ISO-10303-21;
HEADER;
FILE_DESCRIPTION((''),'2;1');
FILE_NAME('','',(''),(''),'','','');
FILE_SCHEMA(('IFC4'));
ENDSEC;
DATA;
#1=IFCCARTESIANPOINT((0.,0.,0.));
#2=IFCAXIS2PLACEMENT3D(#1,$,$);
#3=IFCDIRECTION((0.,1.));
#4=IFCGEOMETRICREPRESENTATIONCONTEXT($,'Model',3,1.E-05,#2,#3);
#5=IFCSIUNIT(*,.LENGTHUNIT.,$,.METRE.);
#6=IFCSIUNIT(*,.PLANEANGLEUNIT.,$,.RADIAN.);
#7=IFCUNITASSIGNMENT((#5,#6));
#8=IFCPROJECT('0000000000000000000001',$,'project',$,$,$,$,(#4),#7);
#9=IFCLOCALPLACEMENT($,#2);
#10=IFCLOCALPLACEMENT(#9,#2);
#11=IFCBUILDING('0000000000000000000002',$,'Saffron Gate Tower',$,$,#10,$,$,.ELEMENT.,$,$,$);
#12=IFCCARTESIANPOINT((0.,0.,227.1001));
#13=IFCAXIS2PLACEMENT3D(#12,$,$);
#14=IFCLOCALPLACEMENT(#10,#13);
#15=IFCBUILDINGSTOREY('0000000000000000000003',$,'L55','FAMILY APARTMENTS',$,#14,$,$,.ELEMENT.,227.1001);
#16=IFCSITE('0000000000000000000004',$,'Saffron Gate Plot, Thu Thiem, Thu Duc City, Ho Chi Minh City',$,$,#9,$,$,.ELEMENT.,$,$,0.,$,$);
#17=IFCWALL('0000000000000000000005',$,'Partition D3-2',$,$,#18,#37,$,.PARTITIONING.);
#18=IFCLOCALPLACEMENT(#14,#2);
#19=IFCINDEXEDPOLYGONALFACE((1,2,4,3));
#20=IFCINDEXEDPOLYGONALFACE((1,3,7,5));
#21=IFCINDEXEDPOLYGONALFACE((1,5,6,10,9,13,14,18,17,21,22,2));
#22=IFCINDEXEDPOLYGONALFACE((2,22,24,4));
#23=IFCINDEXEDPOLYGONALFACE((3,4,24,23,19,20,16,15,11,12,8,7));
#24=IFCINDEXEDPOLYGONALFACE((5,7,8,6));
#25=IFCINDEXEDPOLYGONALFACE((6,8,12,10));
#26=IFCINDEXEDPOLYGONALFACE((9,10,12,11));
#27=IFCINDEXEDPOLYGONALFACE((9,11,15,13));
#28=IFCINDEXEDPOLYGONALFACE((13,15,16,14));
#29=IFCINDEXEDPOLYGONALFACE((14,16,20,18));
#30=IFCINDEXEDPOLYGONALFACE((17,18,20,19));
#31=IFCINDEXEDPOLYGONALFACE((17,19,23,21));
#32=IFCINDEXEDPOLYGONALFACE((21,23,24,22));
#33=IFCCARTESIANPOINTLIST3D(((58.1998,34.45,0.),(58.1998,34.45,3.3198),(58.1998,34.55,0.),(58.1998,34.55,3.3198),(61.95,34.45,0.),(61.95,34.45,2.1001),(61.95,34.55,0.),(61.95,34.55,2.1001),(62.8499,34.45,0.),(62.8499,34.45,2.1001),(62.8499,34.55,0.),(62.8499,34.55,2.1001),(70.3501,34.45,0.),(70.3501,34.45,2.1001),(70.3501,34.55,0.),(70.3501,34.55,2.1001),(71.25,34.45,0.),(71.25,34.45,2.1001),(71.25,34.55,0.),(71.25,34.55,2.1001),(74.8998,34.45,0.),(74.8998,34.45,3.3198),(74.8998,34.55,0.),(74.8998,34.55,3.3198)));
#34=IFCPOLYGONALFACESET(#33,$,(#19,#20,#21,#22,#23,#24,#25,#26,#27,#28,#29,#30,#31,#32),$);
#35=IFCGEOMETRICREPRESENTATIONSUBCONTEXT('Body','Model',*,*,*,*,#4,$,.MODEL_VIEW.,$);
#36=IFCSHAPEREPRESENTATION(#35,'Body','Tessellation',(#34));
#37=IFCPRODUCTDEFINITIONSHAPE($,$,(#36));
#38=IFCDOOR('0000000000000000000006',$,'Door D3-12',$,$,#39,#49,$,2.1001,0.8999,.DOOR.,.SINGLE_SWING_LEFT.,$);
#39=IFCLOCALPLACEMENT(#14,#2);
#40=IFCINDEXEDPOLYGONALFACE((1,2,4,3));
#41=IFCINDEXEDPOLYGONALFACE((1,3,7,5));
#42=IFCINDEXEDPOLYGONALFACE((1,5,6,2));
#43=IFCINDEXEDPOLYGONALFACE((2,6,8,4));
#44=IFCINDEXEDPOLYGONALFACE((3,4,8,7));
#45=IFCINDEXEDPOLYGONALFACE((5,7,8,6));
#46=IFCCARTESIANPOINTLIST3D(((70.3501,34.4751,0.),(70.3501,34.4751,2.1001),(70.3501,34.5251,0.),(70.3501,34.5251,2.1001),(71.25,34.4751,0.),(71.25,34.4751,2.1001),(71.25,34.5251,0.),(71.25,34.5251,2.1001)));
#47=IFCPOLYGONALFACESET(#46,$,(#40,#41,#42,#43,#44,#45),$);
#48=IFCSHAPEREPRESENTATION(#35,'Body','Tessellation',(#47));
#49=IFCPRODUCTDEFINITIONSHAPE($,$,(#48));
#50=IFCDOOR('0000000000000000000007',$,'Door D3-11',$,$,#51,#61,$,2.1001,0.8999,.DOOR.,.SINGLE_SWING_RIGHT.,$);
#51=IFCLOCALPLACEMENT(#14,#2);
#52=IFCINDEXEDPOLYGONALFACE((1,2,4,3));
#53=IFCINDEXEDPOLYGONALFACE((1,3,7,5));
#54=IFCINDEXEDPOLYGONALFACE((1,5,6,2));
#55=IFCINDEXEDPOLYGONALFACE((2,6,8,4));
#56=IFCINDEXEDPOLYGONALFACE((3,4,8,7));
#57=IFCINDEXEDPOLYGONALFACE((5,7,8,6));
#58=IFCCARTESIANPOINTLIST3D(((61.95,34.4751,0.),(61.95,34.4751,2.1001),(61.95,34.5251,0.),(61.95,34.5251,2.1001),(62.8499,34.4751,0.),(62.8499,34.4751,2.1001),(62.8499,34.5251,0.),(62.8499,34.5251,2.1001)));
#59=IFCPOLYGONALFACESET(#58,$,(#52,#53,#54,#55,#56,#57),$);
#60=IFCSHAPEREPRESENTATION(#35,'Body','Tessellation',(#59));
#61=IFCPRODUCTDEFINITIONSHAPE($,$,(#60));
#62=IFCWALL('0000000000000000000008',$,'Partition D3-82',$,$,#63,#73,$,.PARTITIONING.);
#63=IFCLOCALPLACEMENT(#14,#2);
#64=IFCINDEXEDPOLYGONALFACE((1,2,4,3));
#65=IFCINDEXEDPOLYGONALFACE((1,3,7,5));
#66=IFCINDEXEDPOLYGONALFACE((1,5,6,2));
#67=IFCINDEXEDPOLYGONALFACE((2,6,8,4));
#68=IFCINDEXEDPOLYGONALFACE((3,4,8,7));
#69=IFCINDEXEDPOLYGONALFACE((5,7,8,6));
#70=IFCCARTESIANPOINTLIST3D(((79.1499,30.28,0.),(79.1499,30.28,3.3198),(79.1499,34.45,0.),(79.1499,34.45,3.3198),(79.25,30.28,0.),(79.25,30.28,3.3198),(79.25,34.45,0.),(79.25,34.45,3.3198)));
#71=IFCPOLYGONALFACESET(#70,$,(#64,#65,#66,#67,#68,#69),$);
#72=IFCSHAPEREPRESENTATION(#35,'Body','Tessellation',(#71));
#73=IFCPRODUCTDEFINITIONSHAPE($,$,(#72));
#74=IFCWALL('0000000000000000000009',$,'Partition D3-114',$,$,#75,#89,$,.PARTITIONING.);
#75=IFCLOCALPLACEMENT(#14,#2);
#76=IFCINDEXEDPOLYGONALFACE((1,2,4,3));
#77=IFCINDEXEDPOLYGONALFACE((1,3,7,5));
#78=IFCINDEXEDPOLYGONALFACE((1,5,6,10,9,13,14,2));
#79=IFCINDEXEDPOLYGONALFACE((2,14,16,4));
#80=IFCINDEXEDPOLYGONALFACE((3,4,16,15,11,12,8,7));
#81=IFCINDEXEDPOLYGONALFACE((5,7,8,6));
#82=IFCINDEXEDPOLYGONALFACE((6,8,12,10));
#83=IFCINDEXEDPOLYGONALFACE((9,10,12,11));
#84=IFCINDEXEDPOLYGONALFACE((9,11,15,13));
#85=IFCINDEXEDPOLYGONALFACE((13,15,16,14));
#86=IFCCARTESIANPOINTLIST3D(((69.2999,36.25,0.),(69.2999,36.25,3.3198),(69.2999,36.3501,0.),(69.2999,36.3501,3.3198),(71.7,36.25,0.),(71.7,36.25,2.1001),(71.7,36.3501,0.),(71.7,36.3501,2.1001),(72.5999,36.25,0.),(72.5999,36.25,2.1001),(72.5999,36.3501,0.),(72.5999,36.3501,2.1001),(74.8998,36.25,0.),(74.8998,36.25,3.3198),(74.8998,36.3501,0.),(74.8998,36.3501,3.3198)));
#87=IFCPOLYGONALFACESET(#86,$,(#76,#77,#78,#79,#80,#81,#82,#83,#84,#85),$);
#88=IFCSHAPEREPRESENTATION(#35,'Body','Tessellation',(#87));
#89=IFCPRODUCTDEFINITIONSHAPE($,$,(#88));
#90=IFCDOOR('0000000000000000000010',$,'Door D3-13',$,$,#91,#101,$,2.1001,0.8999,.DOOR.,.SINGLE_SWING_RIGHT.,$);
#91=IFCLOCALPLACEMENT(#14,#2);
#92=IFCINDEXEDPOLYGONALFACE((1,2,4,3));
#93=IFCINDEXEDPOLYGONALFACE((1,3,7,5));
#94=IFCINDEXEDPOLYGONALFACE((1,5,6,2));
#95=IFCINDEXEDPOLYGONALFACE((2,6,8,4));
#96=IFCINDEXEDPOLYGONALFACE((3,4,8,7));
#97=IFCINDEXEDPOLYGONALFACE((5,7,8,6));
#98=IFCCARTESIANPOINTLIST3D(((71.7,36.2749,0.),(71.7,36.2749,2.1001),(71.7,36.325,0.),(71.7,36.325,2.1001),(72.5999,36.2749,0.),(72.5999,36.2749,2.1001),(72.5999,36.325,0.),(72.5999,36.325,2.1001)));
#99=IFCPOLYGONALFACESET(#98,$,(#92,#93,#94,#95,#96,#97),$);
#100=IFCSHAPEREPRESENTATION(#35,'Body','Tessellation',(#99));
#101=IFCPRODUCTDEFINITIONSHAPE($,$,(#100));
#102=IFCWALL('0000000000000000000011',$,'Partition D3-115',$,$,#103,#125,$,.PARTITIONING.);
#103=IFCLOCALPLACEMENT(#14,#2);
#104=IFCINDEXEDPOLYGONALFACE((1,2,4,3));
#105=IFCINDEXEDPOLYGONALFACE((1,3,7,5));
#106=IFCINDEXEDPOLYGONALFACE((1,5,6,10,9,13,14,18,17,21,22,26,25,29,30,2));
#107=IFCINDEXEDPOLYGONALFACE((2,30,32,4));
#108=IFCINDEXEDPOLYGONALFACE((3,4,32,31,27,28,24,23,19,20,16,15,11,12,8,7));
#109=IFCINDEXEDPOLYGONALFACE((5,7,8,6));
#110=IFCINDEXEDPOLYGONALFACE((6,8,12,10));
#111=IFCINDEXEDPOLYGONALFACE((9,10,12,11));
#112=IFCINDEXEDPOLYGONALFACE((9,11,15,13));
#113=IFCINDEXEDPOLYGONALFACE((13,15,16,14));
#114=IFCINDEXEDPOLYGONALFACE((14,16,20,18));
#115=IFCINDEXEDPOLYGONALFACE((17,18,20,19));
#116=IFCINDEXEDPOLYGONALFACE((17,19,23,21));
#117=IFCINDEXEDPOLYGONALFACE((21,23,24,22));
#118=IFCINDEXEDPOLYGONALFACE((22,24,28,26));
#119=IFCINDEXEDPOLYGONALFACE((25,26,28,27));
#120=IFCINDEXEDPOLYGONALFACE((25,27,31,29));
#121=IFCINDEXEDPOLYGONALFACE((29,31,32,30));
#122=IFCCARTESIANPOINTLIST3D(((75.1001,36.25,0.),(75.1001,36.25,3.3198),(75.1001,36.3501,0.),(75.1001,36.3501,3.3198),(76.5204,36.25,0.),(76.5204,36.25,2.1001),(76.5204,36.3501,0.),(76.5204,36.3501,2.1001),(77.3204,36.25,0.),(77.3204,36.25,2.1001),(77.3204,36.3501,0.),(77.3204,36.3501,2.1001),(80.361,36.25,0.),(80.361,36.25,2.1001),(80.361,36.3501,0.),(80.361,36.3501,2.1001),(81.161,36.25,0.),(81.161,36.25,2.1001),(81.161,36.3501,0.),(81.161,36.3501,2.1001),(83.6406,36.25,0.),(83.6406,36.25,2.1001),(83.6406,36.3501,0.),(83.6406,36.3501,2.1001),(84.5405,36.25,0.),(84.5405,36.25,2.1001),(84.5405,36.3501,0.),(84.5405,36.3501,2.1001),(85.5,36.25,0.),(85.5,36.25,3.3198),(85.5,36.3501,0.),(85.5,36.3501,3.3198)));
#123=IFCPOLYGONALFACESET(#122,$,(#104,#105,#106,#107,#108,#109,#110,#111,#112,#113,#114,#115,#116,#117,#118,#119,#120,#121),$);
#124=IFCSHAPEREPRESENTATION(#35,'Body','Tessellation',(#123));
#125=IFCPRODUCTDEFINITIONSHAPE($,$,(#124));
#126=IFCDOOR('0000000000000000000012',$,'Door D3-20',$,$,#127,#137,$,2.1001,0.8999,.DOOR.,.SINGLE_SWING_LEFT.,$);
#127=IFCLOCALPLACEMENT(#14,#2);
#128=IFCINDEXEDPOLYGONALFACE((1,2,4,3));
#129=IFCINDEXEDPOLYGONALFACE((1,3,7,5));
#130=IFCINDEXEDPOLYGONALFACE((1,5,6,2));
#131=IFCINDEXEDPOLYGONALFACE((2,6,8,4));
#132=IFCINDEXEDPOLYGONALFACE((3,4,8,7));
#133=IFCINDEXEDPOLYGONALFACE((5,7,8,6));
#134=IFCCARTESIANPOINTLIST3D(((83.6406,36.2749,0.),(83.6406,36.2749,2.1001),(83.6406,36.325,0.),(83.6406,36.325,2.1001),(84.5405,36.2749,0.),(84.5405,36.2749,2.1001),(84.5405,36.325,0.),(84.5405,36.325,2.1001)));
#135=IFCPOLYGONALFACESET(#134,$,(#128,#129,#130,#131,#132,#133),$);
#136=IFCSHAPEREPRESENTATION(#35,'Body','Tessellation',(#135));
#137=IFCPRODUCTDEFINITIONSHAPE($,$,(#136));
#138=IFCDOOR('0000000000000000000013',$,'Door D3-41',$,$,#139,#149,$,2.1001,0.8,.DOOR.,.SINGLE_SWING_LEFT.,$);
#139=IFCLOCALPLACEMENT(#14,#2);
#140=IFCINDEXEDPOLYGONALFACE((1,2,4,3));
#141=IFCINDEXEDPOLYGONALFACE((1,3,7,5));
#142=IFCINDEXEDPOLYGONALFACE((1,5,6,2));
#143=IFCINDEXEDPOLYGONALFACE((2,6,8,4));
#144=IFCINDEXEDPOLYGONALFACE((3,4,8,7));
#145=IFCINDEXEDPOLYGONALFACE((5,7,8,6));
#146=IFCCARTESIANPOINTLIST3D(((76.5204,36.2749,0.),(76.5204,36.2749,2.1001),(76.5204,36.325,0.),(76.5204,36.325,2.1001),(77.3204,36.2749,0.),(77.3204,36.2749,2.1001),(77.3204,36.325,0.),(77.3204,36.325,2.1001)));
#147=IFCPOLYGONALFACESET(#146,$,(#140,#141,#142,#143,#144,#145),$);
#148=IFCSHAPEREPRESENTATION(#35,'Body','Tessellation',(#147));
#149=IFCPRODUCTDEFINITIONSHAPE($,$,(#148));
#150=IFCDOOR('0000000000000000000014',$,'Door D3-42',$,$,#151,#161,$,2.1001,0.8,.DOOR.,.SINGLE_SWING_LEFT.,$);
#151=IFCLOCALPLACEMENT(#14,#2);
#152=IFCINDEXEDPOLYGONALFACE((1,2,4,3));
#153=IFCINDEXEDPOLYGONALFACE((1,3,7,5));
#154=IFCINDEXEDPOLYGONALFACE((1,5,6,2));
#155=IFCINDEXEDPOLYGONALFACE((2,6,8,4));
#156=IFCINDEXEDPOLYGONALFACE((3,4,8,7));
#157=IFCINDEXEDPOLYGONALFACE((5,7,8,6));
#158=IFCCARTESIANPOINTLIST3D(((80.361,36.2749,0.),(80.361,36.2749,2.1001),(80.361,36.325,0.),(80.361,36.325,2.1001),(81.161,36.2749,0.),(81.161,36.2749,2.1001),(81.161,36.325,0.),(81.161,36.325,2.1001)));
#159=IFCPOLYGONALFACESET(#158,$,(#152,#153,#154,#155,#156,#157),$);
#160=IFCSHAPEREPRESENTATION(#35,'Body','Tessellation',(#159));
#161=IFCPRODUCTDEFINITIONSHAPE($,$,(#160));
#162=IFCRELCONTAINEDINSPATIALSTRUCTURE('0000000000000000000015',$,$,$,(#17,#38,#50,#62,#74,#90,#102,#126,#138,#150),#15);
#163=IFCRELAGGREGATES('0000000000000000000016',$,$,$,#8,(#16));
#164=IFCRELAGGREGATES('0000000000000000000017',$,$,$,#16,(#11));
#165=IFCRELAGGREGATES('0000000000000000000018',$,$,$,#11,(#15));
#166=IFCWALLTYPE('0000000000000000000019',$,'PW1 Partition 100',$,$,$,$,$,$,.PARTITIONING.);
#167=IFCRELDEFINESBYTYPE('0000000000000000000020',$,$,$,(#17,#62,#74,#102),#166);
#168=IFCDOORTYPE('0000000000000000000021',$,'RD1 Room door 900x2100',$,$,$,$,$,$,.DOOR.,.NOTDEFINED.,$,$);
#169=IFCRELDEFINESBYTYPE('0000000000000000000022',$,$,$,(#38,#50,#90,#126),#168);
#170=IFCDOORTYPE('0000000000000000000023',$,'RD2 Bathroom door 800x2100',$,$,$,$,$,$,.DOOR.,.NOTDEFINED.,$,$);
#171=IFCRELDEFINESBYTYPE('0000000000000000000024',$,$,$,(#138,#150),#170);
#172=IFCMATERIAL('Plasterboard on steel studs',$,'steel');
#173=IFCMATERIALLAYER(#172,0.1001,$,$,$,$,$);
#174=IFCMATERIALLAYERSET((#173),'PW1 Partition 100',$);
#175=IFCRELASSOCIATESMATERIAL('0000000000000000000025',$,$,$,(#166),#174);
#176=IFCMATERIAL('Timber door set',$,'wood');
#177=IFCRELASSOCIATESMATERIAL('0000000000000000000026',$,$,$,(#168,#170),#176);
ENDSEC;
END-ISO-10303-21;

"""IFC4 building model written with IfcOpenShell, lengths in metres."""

from ifc_helpers import new_model, si_unit, direction, frame, frame_2d, origin, place, context, subcontext, project, spatial, rectangle, extrude, material, layer, layer_set, type_object, element, fill, save


model = new_model("IFC4")

# Units and contexts
model_context = context("Model", 3, precision=1e-05, world=origin(), true_north=direction((0.0, 1.0)))
body_context = subcontext(model_context, "Body", "Model", "MODEL_VIEW")
ifc_project = project(units=[si_unit("LENGTHUNIT", "METRE"), si_unit("PLANEANGLEUNIT", "RADIAN")], contexts=[model_context])

# Site, building, storey
site_placement = place(None, origin())
site = spatial("IfcSite", under=ifc_project, at=site_placement, Name="Saffron Gate Plot, Thu Thiem, Thu Duc City, Ho Chi Minh City", CompositionType="ELEMENT", RefElevation=0.0)
building_placement = place(site_placement, origin())
building = spatial("IfcBuilding", under=site, at=building_placement, Name="Saffron Gate Tower", CompositionType="ELEMENT")
storey_placement = place(building_placement, frame((0.0, 0.0, 227.1001)))
storey = spatial("IfcBuildingStorey", under=building, at=storey_placement, Name="L55", Description="FAMILY APARTMENTS", CompositionType="ELEMENT", Elevation=227.1001)

# Wall, openings, doors
ifc_material_1 = material(Name="Plasterboard on steel studs", Category="steel")
ifc_layer_1 = layer(ifc_material_1, 0.1001)
ifc_layer_set_1 = layer_set([ifc_layer_1], Name="PW1 Partition 100")
wall_type_1 = type_object("IfcWallType", Name="PW1 Partition 100", PredefinedType="PARTITIONING", material=ifc_layer_set_1)
wall_1_placement = place(storey_placement, frame((74.8999, 34.5, 0.0), z_axis=(0.0, 0.0, 1.0), x_axis=(-1.0, 0.0, 0.0)))
wall_1 = element("IfcWall", 1, at=wall_1_placement, inside=storey, type_object=wall_type_1, Name="Partition D3-2", PredefinedType="PARTITIONING", context=body_context, shape_type="SweptSolid", body=[
    extrude(rectangle(XDim=16.7, YDim=0.1001, at=frame_2d((8.3501, 0.0))), origin(), (0.0, 0.0, 1.0), 3.3198),
])
opening_1_placement = place(wall_1_placement, frame((3.6499, 0.0, 0.0)))
opening_1 = element("IfcOpeningElement", 2, at=opening_1_placement, cuts=wall_1, PredefinedType="OPENING", context=body_context, shape_type="SweptSolid", body=[
    extrude(rectangle(XDim=0.8999, YDim=2.1001, at=frame_2d((0.45, 1.05))), frame((0.0, 0.0601, 0.0), z_axis=(0.0, -1.0, 0.0), x_axis=(1.0, 0.0, 0.0)), (0.0, 0.0, 1.0), 0.1201),
])
opening_2_placement = place(wall_1_placement, frame((12.05, 0.0, 0.0)))
opening_2 = element("IfcOpeningElement", 3, at=opening_2_placement, cuts=wall_1, PredefinedType="OPENING", context=body_context, shape_type="SweptSolid", body=[
    extrude(rectangle(XDim=0.8999, YDim=2.1001, at=frame_2d((0.45, 1.05))), frame((0.0, 0.0601, 0.0), z_axis=(0.0, -1.0, 0.0), x_axis=(1.0, 0.0, 0.0)), (0.0, 0.0, 1.0), 0.1201),
])
ifc_material_2 = material(Name="Timber door set", Category="wood")
door_type_1 = type_object("IfcDoorType", Name="RD1 Room door 900x2100", OperationType="NOTDEFINED", PredefinedType="DOOR", material=ifc_material_2)
door_1_placement = place(opening_1_placement, origin())
door_1 = element("IfcDoor", 4, at=door_1_placement, inside=storey, type_object=door_type_1, Name="Door D3-12", OperationType="SINGLE_SWING_LEFT", OverallHeight=2.1001, OverallWidth=0.8999, PredefinedType="DOOR", context=body_context, shape_type="SweptSolid", body=[
    extrude(rectangle(XDim=0.8999, YDim=2.1001, at=frame_2d((0.45, 1.05))), frame((0.0, 0.0249, 0.0), z_axis=(0.0, -1.0, 0.0), x_axis=(1.0, 0.0, 0.0)), (0.0, 0.0, 1.0), 0.05),
])
fill(opening_1, door_1)
door_2_placement = place(opening_2_placement, origin())
door_2 = element("IfcDoor", 5, at=door_2_placement, inside=storey, type_object=door_type_1, Name="Door D3-11", OperationType="SINGLE_SWING_RIGHT", OverallHeight=2.1001, OverallWidth=0.8999, PredefinedType="DOOR", context=body_context, shape_type="SweptSolid", body=[
    extrude(rectangle(XDim=0.8999, YDim=2.1001, at=frame_2d((0.45, 1.05))), frame((0.0, 0.0249, 0.0), z_axis=(0.0, -1.0, 0.0), x_axis=(1.0, 0.0, 0.0)), (0.0, 0.0, 1.0), 0.05),
])
fill(opening_2, door_2)

# Wall
wall_2_placement = place(storey_placement, frame((79.2, 34.45, 0.0), z_axis=(0.0, 0.0, 1.0), x_axis=(0.0, -1.0, 0.0)))
element("IfcWall", 6, at=wall_2_placement, inside=storey, type_object=wall_type_1, Name="Partition D3-82", PredefinedType="PARTITIONING", context=body_context, shape_type="SweptSolid", body=[
    extrude(rectangle(XDim=4.1699, YDim=0.1001, at=frame_2d((2.085, 0.0))), origin(), (0.0, 0.0, 1.0), 3.3198),
])

# Wall, opening, door
wall_3_placement = place(storey_placement, frame((69.3, 36.3, 0.0), z_axis=(0.0, 0.0, 1.0), x_axis=(1.0, 0.0, 0.0)))
wall_3 = element("IfcWall", 7, at=wall_3_placement, inside=storey, type_object=wall_type_1, Name="Partition D3-114", PredefinedType="PARTITIONING", context=body_context, shape_type="SweptSolid", body=[
    extrude(rectangle(XDim=5.5999, YDim=0.1001, at=frame_2d((2.7998, 0.0))), origin(), (0.0, 0.0, 1.0), 3.3198),
])
opening_3_placement = place(wall_3_placement, frame((2.3999, 0.0, 0.0)))
opening_3 = element("IfcOpeningElement", 8, at=opening_3_placement, cuts=wall_3, PredefinedType="OPENING", context=body_context, shape_type="SweptSolid", body=[
    extrude(rectangle(XDim=0.8999, YDim=2.1001, at=frame_2d((0.45, 1.05))), frame((0.0, 0.0601, 0.0), z_axis=(0.0, -1.0, 0.0), x_axis=(1.0, 0.0, 0.0)), (0.0, 0.0, 1.0), 0.1201),
])
door_3_placement = place(opening_3_placement, origin())
door_3 = element("IfcDoor", 9, at=door_3_placement, inside=storey, type_object=door_type_1, Name="Door D3-13", OperationType="SINGLE_SWING_RIGHT", OverallHeight=2.1001, OverallWidth=0.8999, PredefinedType="DOOR", context=body_context, shape_type="SweptSolid", body=[
    extrude(rectangle(XDim=0.8999, YDim=2.1001, at=frame_2d((0.45, 1.05))), frame((0.0, 0.0249, 0.0), z_axis=(0.0, -1.0, 0.0), x_axis=(1.0, 0.0, 0.0)), (0.0, 0.0, 1.0), 0.05),
])
fill(opening_3, door_3)

# Wall, openings, doors
wall_4_placement = place(storey_placement, frame((75.1001, 36.3, 0.0), z_axis=(0.0, 0.0, 1.0), x_axis=(1.0, 0.0, 0.0)))
wall_4 = element("IfcWall", 10, at=wall_4_placement, inside=storey, type_object=wall_type_1, Name="Partition D3-115", PredefinedType="PARTITIONING", context=body_context, shape_type="SweptSolid", body=[
    extrude(rectangle(XDim=10.3999, YDim=0.1001, at=frame_2d((5.2, 0.0))), origin(), (0.0, 0.0, 1.0), 3.3198),
])
opening_4_placement = place(wall_4_placement, frame((1.4204, 0.0, 0.0)))
opening_4 = element("IfcOpeningElement", 11, at=opening_4_placement, cuts=wall_4, PredefinedType="OPENING", context=body_context, shape_type="SweptSolid", body=[
    extrude(rectangle(XDim=0.8, YDim=2.1001, at=frame_2d((0.3999, 1.05))), frame((0.0, 0.0601, 0.0), z_axis=(0.0, -1.0, 0.0), x_axis=(1.0, 0.0, 0.0)), (0.0, 0.0, 1.0), 0.1201),
])
opening_5_placement = place(wall_4_placement, frame((5.261, 0.0, 0.0)))
opening_5 = element("IfcOpeningElement", 12, at=opening_5_placement, cuts=wall_4, PredefinedType="OPENING", context=body_context, shape_type="SweptSolid", body=[
    extrude(rectangle(XDim=0.8, YDim=2.1001, at=frame_2d((0.3999, 1.05))), frame((0.0, 0.0601, 0.0), z_axis=(0.0, -1.0, 0.0), x_axis=(1.0, 0.0, 0.0)), (0.0, 0.0, 1.0), 0.1201),
])
opening_6_placement = place(wall_4_placement, frame((8.5405, 0.0, 0.0)))
opening_6 = element("IfcOpeningElement", 13, at=opening_6_placement, cuts=wall_4, PredefinedType="OPENING", context=body_context, shape_type="SweptSolid", body=[
    extrude(rectangle(XDim=0.8999, YDim=2.1001, at=frame_2d((0.45, 1.05))), frame((0.0, 0.0601, 0.0), z_axis=(0.0, -1.0, 0.0), x_axis=(1.0, 0.0, 0.0)), (0.0, 0.0, 1.0), 0.1201),
])
door_4_placement = place(opening_6_placement, origin())
door_4 = element("IfcDoor", 14, at=door_4_placement, inside=storey, type_object=door_type_1, Name="Door D3-20", OperationType="SINGLE_SWING_LEFT", OverallHeight=2.1001, OverallWidth=0.8999, PredefinedType="DOOR", context=body_context, shape_type="SweptSolid", body=[
    extrude(rectangle(XDim=0.8999, YDim=2.1001, at=frame_2d((0.45, 1.05))), frame((0.0, 0.0249, 0.0), z_axis=(0.0, -1.0, 0.0), x_axis=(1.0, 0.0, 0.0)), (0.0, 0.0, 1.0), 0.05),
])
fill(opening_6, door_4)
door_type_2 = type_object("IfcDoorType", Name="RD2 Bathroom door 800x2100", OperationType="NOTDEFINED", PredefinedType="DOOR", material=ifc_material_2)
door_5_placement = place(opening_4_placement, origin())
door_5 = element("IfcDoor", 15, at=door_5_placement, inside=storey, type_object=door_type_2, Name="Door D3-41", OperationType="SINGLE_SWING_LEFT", OverallHeight=2.1001, OverallWidth=0.8, PredefinedType="DOOR", context=body_context, shape_type="SweptSolid", body=[
    extrude(rectangle(XDim=0.8, YDim=2.1001, at=frame_2d((0.3999, 1.05))), frame((0.0, 0.0249, 0.0), z_axis=(0.0, -1.0, 0.0), x_axis=(1.0, 0.0, 0.0)), (0.0, 0.0, 1.0), 0.05),
])
fill(opening_4, door_5)
door_6_placement = place(opening_5_placement, origin())
door_6 = element("IfcDoor", 16, at=door_6_placement, inside=storey, type_object=door_type_2, Name="Door D3-42", OperationType="SINGLE_SWING_LEFT", OverallHeight=2.1001, OverallWidth=0.8, PredefinedType="DOOR", context=body_context, shape_type="SweptSolid", body=[
    extrude(rectangle(XDim=0.8, YDim=2.1001, at=frame_2d((0.3999, 1.05))), frame((0.0, 0.0249, 0.0), z_axis=(0.0, -1.0, 0.0), x_axis=(1.0, 0.0, 0.0)), (0.0, 0.0, 1.0), 0.05),
])
fill(opening_5, door_6)

save(model, "model.ifc")
